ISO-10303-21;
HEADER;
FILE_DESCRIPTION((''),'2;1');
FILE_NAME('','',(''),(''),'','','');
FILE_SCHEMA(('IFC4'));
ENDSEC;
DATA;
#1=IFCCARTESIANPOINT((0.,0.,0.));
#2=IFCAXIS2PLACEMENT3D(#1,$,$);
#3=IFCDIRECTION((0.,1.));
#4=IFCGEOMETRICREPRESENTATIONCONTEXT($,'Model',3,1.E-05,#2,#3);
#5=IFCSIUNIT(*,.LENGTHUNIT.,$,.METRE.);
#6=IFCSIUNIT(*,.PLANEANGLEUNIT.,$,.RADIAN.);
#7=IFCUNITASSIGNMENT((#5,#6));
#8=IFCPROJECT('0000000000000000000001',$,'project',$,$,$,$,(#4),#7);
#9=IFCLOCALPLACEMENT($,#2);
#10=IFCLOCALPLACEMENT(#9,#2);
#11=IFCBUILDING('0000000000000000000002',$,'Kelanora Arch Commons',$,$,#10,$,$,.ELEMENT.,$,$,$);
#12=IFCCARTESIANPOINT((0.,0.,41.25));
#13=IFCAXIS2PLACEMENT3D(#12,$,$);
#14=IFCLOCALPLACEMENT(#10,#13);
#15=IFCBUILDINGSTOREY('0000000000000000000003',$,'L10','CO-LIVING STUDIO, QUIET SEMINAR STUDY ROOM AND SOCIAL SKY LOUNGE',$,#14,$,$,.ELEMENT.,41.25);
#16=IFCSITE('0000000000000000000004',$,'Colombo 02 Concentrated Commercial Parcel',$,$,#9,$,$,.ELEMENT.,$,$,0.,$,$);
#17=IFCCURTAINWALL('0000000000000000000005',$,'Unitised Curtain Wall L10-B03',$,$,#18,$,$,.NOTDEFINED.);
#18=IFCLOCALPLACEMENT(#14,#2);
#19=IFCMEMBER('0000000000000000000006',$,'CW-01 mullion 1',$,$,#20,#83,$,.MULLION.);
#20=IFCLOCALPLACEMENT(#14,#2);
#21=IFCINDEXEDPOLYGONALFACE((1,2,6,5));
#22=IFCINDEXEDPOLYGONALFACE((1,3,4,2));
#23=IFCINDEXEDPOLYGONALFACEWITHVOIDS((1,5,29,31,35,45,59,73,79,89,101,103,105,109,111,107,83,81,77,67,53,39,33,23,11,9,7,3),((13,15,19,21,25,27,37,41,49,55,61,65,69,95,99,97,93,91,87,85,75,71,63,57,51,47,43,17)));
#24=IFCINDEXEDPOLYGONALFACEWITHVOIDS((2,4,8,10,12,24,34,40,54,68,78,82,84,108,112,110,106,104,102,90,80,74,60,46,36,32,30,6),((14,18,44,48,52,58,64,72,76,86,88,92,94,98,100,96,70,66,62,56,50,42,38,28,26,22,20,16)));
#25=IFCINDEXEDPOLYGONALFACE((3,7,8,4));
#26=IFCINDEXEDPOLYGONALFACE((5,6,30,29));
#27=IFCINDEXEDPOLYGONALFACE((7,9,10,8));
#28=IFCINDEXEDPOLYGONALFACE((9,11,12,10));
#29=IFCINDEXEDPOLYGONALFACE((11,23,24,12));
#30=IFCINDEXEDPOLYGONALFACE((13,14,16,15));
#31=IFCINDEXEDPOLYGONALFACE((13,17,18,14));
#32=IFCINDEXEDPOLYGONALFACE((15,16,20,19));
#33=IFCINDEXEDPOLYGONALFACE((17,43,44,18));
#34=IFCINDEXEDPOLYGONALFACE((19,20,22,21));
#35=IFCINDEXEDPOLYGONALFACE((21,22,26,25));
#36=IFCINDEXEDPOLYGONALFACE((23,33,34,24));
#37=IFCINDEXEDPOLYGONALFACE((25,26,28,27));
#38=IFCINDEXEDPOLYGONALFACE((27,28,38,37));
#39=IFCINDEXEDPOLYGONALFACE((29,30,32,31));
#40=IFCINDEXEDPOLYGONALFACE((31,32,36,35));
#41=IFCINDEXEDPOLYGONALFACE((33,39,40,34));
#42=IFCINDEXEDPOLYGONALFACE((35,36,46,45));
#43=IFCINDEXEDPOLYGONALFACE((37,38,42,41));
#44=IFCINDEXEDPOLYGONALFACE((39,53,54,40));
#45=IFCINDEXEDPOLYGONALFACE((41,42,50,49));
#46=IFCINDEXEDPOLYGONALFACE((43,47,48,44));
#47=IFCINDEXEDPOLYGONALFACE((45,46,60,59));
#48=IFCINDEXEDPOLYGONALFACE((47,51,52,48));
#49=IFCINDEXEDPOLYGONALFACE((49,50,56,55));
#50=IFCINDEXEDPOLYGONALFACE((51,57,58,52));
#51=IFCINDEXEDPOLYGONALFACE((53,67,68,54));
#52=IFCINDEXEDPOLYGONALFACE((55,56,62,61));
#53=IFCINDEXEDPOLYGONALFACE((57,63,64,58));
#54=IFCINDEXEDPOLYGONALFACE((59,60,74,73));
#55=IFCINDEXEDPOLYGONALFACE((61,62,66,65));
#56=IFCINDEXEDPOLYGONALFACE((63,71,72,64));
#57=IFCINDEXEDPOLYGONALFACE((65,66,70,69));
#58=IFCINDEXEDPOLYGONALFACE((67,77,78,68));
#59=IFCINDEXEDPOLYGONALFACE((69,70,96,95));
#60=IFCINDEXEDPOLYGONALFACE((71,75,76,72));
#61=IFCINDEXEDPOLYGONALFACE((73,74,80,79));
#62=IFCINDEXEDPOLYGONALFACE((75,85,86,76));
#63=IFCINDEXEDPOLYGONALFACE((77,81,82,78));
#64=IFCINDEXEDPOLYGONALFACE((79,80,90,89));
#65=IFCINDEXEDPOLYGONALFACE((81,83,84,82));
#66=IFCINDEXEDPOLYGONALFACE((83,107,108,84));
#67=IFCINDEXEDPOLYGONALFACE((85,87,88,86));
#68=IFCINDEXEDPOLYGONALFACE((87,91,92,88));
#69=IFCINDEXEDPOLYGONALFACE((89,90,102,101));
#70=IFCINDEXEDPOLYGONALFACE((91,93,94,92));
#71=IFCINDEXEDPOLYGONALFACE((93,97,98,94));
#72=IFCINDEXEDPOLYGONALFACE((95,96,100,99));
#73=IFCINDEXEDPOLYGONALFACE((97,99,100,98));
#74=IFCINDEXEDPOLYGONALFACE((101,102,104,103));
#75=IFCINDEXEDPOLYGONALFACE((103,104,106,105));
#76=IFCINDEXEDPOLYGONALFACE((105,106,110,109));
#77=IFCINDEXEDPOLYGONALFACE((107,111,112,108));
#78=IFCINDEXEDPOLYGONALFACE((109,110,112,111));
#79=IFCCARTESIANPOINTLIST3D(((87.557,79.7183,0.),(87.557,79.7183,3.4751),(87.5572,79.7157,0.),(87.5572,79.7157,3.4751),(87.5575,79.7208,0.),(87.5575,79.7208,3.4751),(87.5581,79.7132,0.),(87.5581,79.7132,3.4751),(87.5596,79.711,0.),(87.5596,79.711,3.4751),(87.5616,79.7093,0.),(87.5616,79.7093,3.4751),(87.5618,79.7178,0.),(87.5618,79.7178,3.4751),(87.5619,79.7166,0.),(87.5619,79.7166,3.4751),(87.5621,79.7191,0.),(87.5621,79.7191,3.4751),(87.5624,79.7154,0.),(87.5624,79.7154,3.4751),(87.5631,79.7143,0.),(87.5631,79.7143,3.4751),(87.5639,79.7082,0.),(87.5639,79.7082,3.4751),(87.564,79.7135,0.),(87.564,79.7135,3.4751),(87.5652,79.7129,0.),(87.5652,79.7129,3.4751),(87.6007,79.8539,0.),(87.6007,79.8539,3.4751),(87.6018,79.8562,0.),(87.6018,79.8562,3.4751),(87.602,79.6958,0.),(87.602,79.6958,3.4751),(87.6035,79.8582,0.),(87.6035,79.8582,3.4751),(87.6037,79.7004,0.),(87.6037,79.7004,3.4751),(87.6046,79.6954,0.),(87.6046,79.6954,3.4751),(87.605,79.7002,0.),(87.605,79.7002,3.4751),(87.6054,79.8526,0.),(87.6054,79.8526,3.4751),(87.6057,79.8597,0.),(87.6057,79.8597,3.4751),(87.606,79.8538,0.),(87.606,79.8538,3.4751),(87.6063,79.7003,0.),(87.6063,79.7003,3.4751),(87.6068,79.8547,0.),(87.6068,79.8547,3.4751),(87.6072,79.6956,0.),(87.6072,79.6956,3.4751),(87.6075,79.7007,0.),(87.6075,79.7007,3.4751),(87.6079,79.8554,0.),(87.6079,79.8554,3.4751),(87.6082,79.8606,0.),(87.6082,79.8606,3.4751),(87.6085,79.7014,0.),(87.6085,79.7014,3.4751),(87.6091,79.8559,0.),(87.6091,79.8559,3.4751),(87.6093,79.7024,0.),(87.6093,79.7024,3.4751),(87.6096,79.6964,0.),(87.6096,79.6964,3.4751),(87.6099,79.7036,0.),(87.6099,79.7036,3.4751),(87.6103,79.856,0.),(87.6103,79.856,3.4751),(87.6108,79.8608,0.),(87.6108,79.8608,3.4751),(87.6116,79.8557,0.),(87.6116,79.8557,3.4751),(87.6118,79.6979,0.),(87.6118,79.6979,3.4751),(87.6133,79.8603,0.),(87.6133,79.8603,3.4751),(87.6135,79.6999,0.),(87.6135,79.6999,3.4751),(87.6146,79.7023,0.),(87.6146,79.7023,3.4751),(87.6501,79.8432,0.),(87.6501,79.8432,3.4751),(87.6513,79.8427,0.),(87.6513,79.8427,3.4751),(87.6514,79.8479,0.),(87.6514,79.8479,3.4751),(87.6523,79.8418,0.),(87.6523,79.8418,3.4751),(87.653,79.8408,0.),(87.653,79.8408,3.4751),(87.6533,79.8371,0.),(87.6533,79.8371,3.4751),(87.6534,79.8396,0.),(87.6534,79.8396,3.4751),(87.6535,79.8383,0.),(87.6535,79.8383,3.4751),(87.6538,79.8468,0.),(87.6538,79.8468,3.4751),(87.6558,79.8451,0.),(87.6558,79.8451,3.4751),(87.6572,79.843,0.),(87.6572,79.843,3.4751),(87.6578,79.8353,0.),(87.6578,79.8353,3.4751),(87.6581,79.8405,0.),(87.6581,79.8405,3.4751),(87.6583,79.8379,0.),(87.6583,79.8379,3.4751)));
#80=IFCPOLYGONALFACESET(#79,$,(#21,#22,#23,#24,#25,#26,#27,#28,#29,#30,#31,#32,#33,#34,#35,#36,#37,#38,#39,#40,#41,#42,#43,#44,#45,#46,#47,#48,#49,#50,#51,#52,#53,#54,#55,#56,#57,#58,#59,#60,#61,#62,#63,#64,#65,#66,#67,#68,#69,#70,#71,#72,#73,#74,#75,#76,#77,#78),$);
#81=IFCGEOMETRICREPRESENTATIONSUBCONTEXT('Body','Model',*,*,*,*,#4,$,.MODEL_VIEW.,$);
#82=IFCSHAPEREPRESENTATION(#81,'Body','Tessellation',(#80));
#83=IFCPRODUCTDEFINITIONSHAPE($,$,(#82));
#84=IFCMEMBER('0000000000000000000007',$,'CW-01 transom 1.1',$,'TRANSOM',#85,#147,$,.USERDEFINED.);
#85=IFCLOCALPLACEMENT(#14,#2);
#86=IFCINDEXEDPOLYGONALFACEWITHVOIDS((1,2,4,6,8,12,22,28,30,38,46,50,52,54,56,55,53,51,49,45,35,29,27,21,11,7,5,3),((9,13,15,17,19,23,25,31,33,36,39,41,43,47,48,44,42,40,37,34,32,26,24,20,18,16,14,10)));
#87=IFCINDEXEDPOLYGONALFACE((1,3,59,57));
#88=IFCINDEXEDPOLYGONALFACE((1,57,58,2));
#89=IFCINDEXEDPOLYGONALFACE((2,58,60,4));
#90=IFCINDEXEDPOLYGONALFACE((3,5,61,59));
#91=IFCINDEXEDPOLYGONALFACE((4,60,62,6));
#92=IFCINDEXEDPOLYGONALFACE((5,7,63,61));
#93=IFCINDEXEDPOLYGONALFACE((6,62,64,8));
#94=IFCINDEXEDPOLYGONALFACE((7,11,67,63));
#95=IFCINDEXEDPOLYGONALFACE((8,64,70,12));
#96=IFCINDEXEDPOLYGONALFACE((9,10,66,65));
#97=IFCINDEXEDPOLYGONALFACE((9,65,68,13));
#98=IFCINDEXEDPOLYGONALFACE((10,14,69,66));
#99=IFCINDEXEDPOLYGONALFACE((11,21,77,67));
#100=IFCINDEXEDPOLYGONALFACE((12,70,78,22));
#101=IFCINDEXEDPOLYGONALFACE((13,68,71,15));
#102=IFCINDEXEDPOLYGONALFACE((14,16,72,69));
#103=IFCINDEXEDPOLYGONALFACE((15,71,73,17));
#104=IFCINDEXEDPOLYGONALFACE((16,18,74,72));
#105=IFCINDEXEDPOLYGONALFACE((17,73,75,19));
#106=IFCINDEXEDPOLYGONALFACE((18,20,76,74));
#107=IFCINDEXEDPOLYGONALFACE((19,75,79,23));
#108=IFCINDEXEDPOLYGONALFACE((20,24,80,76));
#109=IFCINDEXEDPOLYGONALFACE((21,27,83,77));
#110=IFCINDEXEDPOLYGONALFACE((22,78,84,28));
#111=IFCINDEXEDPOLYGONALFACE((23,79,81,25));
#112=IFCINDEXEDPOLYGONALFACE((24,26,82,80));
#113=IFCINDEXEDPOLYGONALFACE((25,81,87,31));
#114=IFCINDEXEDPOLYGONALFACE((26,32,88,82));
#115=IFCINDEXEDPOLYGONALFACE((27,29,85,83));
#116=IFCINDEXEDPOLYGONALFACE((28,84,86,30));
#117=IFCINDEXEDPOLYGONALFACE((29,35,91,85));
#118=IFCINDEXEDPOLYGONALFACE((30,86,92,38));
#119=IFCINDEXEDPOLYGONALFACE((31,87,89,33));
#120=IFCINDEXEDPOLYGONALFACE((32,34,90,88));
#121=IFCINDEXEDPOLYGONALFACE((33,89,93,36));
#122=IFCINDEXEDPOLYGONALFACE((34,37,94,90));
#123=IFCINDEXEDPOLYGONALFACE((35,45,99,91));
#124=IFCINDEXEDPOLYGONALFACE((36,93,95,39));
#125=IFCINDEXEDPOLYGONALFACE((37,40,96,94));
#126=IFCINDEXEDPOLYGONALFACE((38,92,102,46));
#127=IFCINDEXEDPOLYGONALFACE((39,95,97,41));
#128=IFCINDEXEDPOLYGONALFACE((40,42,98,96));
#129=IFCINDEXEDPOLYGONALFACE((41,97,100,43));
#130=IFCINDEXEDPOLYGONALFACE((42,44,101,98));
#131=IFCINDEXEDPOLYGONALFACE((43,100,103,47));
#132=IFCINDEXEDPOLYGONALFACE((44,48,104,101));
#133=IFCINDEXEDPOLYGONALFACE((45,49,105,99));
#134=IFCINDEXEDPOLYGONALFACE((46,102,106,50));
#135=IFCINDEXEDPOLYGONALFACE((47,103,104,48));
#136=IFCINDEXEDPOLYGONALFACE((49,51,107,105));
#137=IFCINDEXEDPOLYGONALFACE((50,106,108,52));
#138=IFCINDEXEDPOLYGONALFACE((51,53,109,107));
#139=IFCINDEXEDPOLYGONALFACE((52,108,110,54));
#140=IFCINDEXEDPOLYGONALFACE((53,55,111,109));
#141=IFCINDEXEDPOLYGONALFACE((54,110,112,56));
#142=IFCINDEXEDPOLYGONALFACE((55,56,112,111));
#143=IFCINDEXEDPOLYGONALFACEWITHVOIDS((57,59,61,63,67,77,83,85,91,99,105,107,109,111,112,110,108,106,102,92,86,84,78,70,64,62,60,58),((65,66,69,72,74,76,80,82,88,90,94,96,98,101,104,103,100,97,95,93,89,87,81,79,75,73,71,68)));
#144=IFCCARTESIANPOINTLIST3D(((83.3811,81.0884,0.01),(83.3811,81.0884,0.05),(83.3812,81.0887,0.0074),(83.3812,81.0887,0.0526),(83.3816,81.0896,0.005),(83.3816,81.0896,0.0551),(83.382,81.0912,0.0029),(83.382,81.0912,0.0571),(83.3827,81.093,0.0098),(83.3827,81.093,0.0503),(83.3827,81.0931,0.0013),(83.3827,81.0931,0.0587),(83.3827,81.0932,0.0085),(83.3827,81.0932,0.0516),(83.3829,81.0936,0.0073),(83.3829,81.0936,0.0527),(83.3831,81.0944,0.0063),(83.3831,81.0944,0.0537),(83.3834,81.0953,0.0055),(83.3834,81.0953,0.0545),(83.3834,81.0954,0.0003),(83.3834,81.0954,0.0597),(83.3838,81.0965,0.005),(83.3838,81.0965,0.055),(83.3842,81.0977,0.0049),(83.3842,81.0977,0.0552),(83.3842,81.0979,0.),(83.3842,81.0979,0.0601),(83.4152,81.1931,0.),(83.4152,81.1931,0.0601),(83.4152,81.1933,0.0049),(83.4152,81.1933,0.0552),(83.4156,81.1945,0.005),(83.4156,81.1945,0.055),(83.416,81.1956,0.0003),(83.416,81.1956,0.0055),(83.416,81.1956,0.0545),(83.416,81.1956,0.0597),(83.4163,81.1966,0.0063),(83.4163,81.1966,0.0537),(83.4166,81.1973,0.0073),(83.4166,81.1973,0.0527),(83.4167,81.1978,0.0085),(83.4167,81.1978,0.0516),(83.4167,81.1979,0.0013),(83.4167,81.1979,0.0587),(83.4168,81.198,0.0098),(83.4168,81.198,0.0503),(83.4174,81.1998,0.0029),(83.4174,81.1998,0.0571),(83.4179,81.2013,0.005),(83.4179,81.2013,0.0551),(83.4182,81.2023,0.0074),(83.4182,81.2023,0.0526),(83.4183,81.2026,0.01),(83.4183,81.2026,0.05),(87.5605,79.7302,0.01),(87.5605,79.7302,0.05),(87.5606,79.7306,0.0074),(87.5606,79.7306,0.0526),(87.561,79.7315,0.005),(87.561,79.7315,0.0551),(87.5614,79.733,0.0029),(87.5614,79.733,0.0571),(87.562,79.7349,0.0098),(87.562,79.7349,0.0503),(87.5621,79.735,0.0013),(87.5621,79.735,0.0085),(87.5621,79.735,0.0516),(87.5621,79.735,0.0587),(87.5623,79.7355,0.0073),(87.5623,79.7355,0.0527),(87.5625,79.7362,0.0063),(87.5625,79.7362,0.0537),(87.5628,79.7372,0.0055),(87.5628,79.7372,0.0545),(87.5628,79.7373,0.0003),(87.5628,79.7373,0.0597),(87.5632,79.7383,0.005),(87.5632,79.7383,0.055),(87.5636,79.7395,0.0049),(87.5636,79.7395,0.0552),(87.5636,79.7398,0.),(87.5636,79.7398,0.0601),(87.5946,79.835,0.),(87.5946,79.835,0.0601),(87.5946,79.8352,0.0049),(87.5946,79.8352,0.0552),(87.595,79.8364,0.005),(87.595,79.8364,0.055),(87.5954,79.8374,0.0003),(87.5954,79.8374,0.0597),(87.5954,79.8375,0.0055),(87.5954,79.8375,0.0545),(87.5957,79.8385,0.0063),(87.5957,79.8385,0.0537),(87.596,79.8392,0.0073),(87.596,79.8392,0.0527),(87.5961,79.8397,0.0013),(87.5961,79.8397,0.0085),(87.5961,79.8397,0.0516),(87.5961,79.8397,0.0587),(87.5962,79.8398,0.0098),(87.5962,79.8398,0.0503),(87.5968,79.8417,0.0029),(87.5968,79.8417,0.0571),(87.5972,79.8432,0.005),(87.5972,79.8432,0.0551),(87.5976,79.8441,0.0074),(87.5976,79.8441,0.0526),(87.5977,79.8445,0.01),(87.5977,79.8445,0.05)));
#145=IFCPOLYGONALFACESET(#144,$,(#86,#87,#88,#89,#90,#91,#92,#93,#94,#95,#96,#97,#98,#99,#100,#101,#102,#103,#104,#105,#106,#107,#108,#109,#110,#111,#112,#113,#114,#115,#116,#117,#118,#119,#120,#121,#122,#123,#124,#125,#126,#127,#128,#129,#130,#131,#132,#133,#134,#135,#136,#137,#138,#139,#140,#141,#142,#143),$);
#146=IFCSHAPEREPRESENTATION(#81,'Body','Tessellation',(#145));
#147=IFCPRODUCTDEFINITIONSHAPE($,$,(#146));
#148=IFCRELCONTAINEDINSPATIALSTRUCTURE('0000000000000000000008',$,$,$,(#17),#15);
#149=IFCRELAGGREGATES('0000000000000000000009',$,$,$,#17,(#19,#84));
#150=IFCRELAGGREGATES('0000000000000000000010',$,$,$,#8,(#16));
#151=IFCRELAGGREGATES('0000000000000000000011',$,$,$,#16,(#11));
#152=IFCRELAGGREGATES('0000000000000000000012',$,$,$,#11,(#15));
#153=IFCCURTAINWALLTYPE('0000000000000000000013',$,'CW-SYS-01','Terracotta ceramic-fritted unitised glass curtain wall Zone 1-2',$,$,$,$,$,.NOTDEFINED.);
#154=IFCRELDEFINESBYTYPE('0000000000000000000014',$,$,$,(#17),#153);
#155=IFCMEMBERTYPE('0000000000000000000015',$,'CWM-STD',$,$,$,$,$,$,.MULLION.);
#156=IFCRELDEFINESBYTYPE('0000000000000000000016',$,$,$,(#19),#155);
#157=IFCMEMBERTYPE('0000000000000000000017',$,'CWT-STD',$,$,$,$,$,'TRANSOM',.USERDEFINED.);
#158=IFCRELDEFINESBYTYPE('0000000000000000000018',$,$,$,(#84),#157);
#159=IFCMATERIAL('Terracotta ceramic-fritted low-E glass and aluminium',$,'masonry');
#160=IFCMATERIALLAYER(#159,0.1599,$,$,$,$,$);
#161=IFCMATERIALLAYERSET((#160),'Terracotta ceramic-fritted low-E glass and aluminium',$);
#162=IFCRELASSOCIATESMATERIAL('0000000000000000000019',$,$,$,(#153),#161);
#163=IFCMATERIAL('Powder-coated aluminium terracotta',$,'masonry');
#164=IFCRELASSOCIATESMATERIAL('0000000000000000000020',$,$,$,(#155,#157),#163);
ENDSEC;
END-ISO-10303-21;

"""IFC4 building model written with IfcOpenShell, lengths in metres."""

from ifc_helpers import new_model, si_unit, direction, frame, origin, origin_2d, place, context, subcontext, project, spatial, hollow_rectangle, extrude, material, layer, layer_set, material_profile, profile_set, type_object, element, aggregate, save


model = new_model("IFC4")

# Units and contexts
model_context = context("Model", 3, precision=1e-05, world=origin(), true_north=direction((0.0, 1.0)))
body_context = subcontext(model_context, "Body", "Model", "MODEL_VIEW")
ifc_project = project(units=[si_unit("LENGTHUNIT", "METRE"), si_unit("PLANEANGLEUNIT", "RADIAN")], contexts=[model_context])

# Site, building, storey
site_placement = place(None, origin())
site = spatial("IfcSite", under=ifc_project, at=site_placement, Name="Colombo 02 Concentrated Commercial Parcel", CompositionType="ELEMENT", RefElevation=0.0)
building_placement = place(site_placement, origin())
building = spatial("IfcBuilding", under=site, at=building_placement, Name="Kelanora Arch Commons", CompositionType="ELEMENT")
storey_placement = place(building_placement, frame((0.0, 0.0, 41.25)))
storey = spatial("IfcBuildingStorey", under=building, at=storey_placement, Name="L10", Description="CO-LIVING STUDIO, QUIET SEMINAR STUDY ROOM AND SOCIAL SKY LOUNGE", CompositionType="ELEMENT", Elevation=41.25)

# Shared definitions
ifc_material_1 = material(Name="Terracotta ceramic-fritted low-E glass and aluminium", Category="masonry")
ifc_layer_1 = layer(ifc_material_1, 0.1599)
ifc_layer_set_1 = layer_set([ifc_layer_1], Name="Terracotta ceramic-fritted low-E glass and aluminium")
curtain_wall_type = type_object("IfcCurtainWallType", Name="CW-SYS-01", Description="Terracotta ceramic-fritted unitised glass curtain wall Zone 1-2", PredefinedType="NOTDEFINED", material=ifc_layer_set_1)
ifc_material_2 = material(Name="Powder-coated aluminium terracotta", Category="masonry")
ifc_material_profile_1 = material_profile(ifc_material_2, hollow_rectangle(XDim=0.1599, YDim=0.0601, WallThickness=0.0049, InnerFilletRadius=0.0049, OuterFilletRadius=0.01, at=origin_2d()), Name="CWM160x60")
ifc_profile_set_1 = profile_set([ifc_material_profile_1], Name="Powder-coated aluminium terracotta")
member_type_1 = type_object("IfcMemberType", Name="CWM-STD", PredefinedType="MULLION", material=ifc_profile_set_1)

# Curtain wall, members
curtain_wall_1_placement = place(storey_placement, origin())
curtain_wall_1 = element("IfcCurtainWall", 1, at=curtain_wall_1_placement, inside=storey, type_object=curtain_wall_type, Name="Unitised Curtain Wall L10-B03", PredefinedType="NOTDEFINED")
member_1_placement = place(storey_placement, frame((87.6077, 79.7781, 0.0), z_axis=(0.0, 0.0, 1.0), x_axis=(-0.309058, -0.951043, 0.0)))
member_1 = element("IfcMember", 2, at=member_1_placement, type_object=member_type_1, Name="CW-01 mullion 1", PredefinedType="MULLION", context=body_context, shape_type="SweptSolid", body=[
    extrude(hollow_rectangle(XDim=0.1599, YDim=0.0601, WallThickness=0.0049, InnerFilletRadius=0.0049, OuterFilletRadius=0.01, at=origin_2d()), origin(), (0.0, 0.0, 1.0), 3.4751),
])
ifc_material_profile_2 = material_profile(ifc_material_2, hollow_rectangle(XDim=0.1201, YDim=0.0601, WallThickness=0.0049, InnerFilletRadius=0.0049, OuterFilletRadius=0.01, at=origin_2d()), Name="CWT120x60")
ifc_profile_set_2 = profile_set([ifc_material_profile_2], Name="Powder-coated aluminium terracotta")
member_type_2 = type_object("IfcMemberType", Name="CWT-STD", ElementType="TRANSOM", PredefinedType="USERDEFINED", material=ifc_profile_set_2)
member_2_placement = place(storey_placement, frame((87.5791, 79.7874, 0.03), z_axis=(-0.951045, 0.309052, 0.0), x_axis=(-0.309052, -0.951045, 0.0)))
member_2 = element("IfcMember", 3, at=member_2_placement, type_object=member_type_2, Name="CW-01 transom 1.1", ObjectType="TRANSOM", PredefinedType="USERDEFINED", context=body_context, shape_type="SweptSolid", body=[
    extrude(hollow_rectangle(XDim=0.1201, YDim=0.0601, WallThickness=0.0049, InnerFilletRadius=0.0049, OuterFilletRadius=0.01, at=origin_2d()), origin(), (0.0, 0.0, 1.0), 4.3945),
])
aggregate(curtain_wall_1, [member_1, member_2])

save(model, "model.ifc")
